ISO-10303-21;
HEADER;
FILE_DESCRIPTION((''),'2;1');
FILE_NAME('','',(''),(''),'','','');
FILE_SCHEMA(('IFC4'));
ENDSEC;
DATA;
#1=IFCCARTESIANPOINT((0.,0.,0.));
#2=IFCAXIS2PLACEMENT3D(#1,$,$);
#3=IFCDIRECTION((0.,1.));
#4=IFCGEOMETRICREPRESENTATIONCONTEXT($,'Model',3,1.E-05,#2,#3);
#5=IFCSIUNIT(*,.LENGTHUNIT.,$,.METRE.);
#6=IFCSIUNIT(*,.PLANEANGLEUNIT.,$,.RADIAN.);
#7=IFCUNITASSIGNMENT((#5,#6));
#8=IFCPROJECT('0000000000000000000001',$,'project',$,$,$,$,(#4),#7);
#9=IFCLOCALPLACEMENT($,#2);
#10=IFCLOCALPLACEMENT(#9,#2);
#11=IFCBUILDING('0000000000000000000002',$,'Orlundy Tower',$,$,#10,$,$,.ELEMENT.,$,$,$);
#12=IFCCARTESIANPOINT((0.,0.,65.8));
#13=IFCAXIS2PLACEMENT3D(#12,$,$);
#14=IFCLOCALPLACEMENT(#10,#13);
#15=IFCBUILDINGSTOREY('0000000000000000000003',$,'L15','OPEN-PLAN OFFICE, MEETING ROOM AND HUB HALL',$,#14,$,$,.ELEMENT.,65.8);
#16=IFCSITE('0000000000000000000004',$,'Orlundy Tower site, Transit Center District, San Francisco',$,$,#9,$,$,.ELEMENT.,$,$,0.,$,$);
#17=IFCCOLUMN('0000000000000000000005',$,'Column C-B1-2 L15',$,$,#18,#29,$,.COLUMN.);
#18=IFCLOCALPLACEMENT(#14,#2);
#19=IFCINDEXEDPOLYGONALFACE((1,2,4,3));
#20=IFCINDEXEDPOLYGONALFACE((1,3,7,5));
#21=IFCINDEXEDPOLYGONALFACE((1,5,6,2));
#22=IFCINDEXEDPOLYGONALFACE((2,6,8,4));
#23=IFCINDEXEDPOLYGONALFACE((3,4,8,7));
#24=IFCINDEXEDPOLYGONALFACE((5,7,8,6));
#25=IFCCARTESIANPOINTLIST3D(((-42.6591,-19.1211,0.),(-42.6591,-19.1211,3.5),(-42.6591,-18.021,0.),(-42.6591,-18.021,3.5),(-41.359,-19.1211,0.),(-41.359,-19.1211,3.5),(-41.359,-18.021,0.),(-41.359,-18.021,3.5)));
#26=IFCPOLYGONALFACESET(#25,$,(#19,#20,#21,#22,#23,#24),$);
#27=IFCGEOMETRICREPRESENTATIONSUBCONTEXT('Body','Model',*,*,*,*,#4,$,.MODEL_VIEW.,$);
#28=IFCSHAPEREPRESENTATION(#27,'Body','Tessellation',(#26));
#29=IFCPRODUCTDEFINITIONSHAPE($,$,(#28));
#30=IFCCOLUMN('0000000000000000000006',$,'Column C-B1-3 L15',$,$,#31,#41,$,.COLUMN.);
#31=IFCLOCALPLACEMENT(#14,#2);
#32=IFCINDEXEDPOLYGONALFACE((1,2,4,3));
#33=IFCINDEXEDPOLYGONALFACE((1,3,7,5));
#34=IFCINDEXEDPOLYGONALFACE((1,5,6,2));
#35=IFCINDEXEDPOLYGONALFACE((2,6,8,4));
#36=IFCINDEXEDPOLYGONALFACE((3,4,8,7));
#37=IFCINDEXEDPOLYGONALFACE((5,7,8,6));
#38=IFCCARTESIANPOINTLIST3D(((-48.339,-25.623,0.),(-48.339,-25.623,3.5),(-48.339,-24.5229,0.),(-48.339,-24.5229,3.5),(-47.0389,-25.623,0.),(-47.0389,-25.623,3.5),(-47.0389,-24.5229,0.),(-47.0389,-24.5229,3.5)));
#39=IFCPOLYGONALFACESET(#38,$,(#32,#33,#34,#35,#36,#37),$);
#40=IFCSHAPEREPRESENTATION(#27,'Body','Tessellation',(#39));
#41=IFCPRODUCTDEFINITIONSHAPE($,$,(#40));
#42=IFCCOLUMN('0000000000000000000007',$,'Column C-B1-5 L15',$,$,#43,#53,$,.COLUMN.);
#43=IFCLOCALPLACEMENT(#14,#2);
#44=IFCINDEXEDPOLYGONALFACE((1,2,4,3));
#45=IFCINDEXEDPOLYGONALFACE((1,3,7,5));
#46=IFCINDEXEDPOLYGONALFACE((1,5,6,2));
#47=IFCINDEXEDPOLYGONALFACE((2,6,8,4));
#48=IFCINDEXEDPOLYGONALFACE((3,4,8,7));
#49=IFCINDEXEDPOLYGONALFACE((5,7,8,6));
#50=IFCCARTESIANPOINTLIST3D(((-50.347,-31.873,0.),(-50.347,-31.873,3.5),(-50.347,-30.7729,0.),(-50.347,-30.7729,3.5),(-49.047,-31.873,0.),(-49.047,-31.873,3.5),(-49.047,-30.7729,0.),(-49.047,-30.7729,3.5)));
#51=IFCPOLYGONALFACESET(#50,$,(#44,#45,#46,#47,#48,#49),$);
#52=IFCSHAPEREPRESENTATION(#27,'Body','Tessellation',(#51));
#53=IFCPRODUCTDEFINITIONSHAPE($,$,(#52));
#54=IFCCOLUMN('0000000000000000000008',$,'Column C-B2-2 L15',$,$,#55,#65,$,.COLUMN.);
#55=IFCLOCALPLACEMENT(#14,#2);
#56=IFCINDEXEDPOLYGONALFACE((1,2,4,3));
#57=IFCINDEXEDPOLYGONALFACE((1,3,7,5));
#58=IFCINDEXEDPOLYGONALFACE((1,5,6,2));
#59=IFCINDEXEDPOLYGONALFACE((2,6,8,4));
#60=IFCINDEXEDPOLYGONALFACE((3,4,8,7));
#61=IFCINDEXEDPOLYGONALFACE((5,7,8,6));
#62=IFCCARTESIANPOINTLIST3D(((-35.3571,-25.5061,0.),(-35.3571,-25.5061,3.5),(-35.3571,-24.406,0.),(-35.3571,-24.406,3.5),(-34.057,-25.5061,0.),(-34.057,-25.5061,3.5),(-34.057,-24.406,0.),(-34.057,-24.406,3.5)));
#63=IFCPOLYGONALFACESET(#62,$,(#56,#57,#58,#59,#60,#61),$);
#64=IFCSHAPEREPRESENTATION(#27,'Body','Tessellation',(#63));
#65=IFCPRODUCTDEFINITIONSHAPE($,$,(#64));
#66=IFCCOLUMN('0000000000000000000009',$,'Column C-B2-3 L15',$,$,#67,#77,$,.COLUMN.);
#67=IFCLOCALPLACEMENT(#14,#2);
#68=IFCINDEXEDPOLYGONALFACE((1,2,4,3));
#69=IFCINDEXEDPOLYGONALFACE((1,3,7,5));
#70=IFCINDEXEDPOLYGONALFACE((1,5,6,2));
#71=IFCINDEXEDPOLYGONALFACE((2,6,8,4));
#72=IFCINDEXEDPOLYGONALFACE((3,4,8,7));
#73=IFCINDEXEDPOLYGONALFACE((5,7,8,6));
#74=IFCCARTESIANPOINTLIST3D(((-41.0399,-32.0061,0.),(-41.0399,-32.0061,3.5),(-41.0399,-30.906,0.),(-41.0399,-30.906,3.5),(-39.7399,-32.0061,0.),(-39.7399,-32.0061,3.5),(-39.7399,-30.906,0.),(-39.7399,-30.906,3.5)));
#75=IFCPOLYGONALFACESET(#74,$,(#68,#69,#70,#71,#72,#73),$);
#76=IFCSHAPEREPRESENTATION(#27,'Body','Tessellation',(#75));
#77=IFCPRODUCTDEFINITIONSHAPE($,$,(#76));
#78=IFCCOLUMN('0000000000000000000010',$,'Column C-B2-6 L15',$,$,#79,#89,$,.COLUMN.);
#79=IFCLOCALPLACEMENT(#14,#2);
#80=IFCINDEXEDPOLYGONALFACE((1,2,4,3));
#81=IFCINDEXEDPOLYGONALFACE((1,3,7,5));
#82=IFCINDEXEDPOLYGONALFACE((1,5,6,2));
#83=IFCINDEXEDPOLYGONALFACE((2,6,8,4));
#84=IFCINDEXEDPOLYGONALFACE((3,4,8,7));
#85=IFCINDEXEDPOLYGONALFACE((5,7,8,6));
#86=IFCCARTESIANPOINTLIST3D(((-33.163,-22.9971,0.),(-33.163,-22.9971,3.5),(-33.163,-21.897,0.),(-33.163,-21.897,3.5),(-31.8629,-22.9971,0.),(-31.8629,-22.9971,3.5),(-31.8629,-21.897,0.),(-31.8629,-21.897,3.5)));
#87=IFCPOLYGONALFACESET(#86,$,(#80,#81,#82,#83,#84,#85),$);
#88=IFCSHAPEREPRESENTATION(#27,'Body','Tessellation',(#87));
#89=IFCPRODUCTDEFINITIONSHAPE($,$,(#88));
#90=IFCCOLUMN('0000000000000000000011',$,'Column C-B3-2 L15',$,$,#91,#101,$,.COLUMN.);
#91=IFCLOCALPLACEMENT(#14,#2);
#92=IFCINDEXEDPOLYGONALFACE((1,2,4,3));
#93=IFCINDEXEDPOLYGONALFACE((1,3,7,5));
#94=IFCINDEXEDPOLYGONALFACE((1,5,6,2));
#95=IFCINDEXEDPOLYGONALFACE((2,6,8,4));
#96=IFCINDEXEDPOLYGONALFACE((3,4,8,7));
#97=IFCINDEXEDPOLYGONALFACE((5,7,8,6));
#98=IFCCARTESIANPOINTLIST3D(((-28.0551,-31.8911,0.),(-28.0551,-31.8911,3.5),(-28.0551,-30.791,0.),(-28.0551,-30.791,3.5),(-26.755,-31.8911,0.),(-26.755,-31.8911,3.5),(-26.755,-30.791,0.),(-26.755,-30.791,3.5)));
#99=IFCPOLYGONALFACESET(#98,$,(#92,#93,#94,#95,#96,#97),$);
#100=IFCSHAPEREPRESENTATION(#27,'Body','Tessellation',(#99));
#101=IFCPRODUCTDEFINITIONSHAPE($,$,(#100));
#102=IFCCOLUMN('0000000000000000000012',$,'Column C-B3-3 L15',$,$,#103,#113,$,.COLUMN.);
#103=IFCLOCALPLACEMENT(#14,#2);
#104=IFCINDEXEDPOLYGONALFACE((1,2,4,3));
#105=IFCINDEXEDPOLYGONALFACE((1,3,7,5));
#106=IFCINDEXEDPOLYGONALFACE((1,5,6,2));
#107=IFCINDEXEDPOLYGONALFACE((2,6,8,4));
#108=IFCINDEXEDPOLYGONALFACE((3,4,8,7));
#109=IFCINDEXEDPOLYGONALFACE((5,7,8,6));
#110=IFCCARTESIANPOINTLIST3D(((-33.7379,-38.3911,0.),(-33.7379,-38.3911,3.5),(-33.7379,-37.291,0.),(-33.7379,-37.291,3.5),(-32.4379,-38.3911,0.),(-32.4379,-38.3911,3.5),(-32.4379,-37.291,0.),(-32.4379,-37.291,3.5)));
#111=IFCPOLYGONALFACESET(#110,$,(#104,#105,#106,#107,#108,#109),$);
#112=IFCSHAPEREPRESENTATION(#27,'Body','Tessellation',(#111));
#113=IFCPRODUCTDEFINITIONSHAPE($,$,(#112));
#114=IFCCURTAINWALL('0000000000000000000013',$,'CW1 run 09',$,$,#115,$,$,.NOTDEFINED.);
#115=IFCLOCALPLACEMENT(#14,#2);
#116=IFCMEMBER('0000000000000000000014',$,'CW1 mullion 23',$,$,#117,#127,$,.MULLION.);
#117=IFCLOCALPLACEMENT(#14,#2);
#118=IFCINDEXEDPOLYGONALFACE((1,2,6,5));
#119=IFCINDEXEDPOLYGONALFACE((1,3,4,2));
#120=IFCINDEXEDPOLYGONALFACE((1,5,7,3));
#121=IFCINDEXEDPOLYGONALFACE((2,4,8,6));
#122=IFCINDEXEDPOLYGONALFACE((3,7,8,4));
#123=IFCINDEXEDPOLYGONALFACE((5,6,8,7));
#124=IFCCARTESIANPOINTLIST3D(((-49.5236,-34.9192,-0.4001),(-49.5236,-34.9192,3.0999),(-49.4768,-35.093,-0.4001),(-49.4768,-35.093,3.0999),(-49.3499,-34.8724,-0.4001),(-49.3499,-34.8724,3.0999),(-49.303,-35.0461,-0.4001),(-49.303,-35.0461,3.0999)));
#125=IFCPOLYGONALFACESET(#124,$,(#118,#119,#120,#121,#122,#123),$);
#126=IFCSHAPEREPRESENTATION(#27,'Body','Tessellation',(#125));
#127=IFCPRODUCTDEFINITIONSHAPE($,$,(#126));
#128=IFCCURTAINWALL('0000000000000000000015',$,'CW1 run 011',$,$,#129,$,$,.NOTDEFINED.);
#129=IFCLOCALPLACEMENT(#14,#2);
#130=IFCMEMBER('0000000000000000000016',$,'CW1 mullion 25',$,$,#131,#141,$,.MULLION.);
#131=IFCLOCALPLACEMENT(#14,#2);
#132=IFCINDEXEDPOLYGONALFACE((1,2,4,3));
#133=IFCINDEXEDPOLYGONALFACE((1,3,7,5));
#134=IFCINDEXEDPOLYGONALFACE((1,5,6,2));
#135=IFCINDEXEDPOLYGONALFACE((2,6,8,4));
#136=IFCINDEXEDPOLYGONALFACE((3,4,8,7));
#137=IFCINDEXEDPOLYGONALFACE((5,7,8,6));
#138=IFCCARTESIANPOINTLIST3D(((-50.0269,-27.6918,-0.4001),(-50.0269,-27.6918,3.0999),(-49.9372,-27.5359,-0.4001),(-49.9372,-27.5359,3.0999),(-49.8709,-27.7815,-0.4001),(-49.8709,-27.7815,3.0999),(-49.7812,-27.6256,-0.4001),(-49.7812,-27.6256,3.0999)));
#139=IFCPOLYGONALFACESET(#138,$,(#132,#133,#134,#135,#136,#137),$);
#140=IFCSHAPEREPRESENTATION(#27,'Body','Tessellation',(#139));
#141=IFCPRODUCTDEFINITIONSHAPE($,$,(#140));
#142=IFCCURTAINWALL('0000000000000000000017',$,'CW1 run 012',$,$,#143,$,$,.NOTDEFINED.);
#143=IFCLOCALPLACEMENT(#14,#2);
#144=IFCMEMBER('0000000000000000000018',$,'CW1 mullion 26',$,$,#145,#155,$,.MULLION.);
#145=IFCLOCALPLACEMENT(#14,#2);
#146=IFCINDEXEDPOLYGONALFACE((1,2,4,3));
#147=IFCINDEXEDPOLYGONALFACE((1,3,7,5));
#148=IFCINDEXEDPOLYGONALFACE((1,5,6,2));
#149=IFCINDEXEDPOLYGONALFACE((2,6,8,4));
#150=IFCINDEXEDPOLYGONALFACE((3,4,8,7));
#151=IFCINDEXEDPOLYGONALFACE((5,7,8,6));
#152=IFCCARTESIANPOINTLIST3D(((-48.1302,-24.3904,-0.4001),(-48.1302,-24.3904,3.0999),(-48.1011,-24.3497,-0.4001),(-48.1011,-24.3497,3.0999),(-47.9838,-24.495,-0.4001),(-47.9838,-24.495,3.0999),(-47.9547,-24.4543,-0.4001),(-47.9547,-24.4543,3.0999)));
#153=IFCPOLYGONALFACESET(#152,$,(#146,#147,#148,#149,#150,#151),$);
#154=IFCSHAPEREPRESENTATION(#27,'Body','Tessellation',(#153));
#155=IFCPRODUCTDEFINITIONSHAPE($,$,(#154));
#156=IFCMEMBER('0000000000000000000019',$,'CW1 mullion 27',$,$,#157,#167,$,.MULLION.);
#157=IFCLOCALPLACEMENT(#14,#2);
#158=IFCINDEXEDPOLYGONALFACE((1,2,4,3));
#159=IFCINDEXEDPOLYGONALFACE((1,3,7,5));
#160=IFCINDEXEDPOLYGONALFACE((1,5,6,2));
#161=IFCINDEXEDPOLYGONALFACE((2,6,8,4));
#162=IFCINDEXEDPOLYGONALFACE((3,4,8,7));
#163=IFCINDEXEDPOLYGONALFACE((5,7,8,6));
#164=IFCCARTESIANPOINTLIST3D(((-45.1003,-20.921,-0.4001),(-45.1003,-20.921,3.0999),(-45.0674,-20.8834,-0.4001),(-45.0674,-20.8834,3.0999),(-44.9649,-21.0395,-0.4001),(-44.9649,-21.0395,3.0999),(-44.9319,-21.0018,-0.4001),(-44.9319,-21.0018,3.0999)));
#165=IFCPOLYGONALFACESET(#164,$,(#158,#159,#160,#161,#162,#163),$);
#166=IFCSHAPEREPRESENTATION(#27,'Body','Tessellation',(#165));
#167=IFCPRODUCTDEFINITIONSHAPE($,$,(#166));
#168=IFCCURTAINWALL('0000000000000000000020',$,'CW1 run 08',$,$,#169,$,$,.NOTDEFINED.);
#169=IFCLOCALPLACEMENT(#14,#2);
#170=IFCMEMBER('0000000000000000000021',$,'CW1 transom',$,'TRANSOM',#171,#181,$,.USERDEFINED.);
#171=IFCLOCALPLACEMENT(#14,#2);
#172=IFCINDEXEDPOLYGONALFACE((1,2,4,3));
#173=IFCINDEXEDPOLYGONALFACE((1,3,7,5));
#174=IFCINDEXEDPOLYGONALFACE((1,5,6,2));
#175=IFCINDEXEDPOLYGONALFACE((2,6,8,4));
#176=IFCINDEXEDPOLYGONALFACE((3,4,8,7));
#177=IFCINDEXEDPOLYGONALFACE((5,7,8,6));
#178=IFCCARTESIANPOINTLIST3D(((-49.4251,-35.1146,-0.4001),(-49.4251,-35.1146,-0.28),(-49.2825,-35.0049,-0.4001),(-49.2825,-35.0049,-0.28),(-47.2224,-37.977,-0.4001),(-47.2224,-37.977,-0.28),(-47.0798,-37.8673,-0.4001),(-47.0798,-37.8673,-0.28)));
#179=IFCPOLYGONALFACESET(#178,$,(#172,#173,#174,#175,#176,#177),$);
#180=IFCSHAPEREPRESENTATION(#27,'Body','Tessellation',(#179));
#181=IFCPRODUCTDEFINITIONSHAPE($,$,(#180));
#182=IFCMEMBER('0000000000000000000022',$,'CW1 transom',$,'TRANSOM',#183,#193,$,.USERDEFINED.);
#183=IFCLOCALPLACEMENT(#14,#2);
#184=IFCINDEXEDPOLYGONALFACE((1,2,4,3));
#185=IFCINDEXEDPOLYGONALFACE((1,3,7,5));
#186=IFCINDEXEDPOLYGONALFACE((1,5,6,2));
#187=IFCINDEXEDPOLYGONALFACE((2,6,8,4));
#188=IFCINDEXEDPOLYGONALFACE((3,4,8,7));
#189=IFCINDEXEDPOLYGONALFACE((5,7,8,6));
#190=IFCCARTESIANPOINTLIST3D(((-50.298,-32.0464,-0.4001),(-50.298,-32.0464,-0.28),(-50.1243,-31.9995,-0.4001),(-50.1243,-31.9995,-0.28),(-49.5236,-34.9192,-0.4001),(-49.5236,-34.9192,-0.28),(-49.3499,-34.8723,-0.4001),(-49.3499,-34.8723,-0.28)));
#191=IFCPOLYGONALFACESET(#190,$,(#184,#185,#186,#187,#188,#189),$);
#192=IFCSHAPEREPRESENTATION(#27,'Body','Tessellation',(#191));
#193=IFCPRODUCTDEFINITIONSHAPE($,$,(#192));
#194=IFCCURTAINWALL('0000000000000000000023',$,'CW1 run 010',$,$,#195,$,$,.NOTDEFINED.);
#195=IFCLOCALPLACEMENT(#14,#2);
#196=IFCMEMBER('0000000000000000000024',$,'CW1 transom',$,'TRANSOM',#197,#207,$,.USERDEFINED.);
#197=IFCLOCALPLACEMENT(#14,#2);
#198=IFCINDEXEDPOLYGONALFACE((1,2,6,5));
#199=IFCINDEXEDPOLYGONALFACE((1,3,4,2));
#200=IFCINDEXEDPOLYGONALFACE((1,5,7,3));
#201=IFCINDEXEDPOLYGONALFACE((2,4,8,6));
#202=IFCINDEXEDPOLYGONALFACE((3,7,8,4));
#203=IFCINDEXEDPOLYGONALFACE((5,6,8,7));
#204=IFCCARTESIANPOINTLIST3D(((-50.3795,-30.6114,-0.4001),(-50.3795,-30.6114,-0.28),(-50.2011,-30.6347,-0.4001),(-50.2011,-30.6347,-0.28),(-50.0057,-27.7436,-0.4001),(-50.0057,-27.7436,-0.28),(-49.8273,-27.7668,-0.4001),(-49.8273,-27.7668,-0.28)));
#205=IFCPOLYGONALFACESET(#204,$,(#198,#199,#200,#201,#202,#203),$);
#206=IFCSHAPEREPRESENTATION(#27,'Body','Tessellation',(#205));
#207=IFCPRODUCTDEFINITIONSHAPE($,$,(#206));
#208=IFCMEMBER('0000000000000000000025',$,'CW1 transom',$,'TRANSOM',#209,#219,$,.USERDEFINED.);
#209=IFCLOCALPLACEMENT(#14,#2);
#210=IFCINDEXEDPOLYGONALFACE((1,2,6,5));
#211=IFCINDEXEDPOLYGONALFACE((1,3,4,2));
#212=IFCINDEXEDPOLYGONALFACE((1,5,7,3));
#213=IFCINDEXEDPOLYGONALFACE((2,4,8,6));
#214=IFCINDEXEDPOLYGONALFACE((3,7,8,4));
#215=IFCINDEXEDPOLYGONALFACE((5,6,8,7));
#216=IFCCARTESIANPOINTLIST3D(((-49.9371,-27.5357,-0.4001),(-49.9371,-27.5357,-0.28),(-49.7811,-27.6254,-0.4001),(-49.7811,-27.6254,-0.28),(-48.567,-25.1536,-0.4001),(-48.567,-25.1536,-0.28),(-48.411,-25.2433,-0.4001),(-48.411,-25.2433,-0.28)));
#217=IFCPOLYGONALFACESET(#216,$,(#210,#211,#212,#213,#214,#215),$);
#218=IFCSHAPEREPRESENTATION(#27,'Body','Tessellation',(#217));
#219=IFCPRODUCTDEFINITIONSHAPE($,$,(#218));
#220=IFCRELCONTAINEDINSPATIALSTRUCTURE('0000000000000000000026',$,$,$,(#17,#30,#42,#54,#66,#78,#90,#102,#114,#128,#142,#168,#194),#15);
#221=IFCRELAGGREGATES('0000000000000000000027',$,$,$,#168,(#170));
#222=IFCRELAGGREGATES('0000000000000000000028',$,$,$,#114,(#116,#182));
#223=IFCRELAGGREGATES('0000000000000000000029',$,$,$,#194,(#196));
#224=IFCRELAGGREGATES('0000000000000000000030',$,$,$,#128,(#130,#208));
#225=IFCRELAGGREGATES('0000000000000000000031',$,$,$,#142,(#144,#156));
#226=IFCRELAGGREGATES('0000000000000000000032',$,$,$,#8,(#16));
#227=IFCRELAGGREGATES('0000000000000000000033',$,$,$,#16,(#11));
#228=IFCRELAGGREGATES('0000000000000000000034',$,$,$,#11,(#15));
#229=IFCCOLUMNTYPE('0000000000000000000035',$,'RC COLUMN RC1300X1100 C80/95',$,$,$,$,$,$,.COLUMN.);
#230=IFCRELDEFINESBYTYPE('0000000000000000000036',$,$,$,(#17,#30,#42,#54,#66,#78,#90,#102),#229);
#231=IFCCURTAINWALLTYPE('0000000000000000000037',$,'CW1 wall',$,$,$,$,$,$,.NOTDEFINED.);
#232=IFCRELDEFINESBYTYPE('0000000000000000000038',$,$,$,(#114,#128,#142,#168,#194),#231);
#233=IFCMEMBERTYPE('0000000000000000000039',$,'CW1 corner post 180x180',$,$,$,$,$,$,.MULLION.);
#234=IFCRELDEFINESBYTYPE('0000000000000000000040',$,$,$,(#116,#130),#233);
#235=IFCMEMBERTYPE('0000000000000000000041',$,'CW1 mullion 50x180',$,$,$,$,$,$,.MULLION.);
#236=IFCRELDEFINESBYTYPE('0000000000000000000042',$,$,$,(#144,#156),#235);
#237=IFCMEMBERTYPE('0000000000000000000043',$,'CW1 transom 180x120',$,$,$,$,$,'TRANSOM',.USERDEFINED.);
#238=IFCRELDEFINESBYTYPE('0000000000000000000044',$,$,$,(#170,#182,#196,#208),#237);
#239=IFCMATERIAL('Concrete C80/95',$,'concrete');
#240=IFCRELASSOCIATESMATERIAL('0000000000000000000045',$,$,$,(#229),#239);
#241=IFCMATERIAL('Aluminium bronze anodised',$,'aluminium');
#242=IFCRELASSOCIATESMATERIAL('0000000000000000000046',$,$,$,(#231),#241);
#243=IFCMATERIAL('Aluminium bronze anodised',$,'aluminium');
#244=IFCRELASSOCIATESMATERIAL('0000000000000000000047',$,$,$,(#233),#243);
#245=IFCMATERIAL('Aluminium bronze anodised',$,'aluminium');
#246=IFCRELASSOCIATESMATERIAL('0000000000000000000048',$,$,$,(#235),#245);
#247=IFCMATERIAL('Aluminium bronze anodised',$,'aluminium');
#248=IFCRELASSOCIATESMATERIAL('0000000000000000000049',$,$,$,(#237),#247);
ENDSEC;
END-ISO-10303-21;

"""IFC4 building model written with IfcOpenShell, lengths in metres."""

from ifc_helpers import new_model, si_unit, direction, frame, origin, origin_2d, place, context, subcontext, project, spatial, rectangle, extrude, material, material_profile, profile_set, type_object, element, aggregate, save


model = new_model("IFC4")

# Units and contexts
model_context = context("Model", 3, precision=1e-05, world=origin(), true_north=direction((0.0, 1.0)))
body_context = subcontext(model_context, "Body", "Model", "MODEL_VIEW")
ifc_project = project(units=[si_unit("LENGTHUNIT", "METRE"), si_unit("PLANEANGLEUNIT", "RADIAN")], contexts=[model_context])

# Site, building, storey
site_placement = place(None, origin())
site = spatial("IfcSite", under=ifc_project, at=site_placement, Name="Orlundy Tower site, Transit Center District, San Francisco", CompositionType="ELEMENT", RefElevation=0.0)
building_placement = place(site_placement, origin())
building = spatial("IfcBuilding", under=site, at=building_placement, Name="Orlundy Tower", CompositionType="ELEMENT")
storey_placement = place(building_placement, frame((0.0, 0.0, 65.8)))
storey = spatial("IfcBuildingStorey", under=building, at=storey_placement, Name="L15", Description="OPEN-PLAN OFFICE, MEETING ROOM AND HUB HALL", CompositionType="ELEMENT", Elevation=65.8)

# Columns
ifc_material_1 = material(Name="Concrete C80/95", Category="concrete")
ifc_material_profile_1 = material_profile(ifc_material_1, rectangle(XDim=1.3, YDim=1.1001, at=origin_2d()), Name="RC1300X1100")
ifc_profile_set_1 = profile_set([ifc_material_profile_1], Name="Concrete C80/95")
column_type = type_object("IfcColumnType", Name="RC COLUMN RC1300X1100 C80/95", PredefinedType="COLUMN", material=ifc_profile_set_1)
for number, where, z_axis, x_axis, name in (
    (1, (-42.009, -18.571, 0.0), (0.0, 0.0, 1.0), (1.0, 0.0, 0.0), "Column C-B1-2 L15"),
    (2, (-47.689, -25.073, 0.0), (0.0, 0.0, 1.0), (1.0, 0.0, 0.0), "Column C-B1-3 L15"),
    (3, (-49.697, -31.323, 0.0), (0.0, 0.0, 1.0), (1.0, 0.0, 0.0), "Column C-B1-5 L15"),
    (4, (-34.707, -24.9561, 0.0), (0.0, 0.0, 1.0), (1.0, 0.0, 0.0), "Column C-B2-2 L15"),
    (5, (-40.3899, -31.4561, 0.0), (0.0, 0.0, 1.0), (1.0, 0.0, 0.0), "Column C-B2-3 L15"),
    (6, (-32.5129, -22.447, 0.0), (0.0, 0.0, 1.0), (1.0, 0.0, 0.0), "Column C-B2-6 L15"),
    (7, (-27.405, -31.3411, 0.0), (0.0, 0.0, 1.0), (1.0, 0.0, 0.0), "Column C-B3-2 L15"),
    (8, (-33.0879, -37.8411, 0.0), (0.0, 0.0, 1.0), (1.0, 0.0, 0.0), "Column C-B3-3 L15"),
):
    element("IfcColumn", number, at=place(storey_placement, frame(where, z_axis=z_axis, x_axis=x_axis)), inside=storey, type_object=column_type, Name=name, PredefinedType="COLUMN", context=body_context, shape_type="SweptSolid", body=[
        extrude(rectangle(XDim=1.3, YDim=1.1001, at=origin_2d()), origin(), (0.0, 0.0, 1.0), 3.5),
    ])

# Curtain walls, members
ifc_material_2 = material(Name="Aluminium bronze anodised", Category="aluminium")
curtain_wall_type = type_object("IfcCurtainWallType", Name="CW1 wall", PredefinedType="NOTDEFINED", material=ifc_material_2)
curtain_wall_1_placement = place(storey_placement, origin())
curtain_wall_1 = element("IfcCurtainWall", 9, at=curtain_wall_1_placement, inside=storey, type_object=curtain_wall_type, Name="CW1 run 09", PredefinedType="NOTDEFINED")
ifc_material_3 = material(Name="Aluminium bronze anodised", Category="aluminium")
ifc_material_profile_2 = material_profile(ifc_material_3, rectangle(XDim=0.1799, YDim=0.1799, at=origin_2d()), Name="CW1 corner post 180x180")
ifc_profile_set_2 = profile_set([ifc_material_profile_2], Name="Aluminium bronze anodised")
member_type_1 = type_object("IfcMemberType", Name="CW1 corner post 180x180", PredefinedType="MULLION", material=ifc_profile_set_2)
member_1_placement = place(storey_placement, frame((-49.4133, -34.9827, -0.4001), z_axis=(0.0, 0.0, 1.0), x_axis=(-0.965519, -0.260331, 0.0)))
member_1 = element("IfcMember", 10, at=member_1_placement, type_object=member_type_1, Name="CW1 mullion 23", PredefinedType="MULLION", context=body_context, shape_type="SweptSolid", body=[
    extrude(rectangle(XDim=0.1799, YDim=0.1799, at=origin_2d()), origin(), (0.0, 0.0, 1.0), 3.5),
])
curtain_wall_2_placement = place(storey_placement, origin())
curtain_wall_2 = element("IfcCurtainWall", 11, at=curtain_wall_2_placement, inside=storey, type_object=curtain_wall_type, Name="CW1 run 011", PredefinedType="NOTDEFINED")
member_2_placement = place(storey_placement, frame((-49.9041, -27.6587, -0.4001), z_axis=(0.0, 0.0, 1.0), x_axis=(-0.866845, 0.498578, 0.0)))
member_2 = element("IfcMember", 12, at=member_2_placement, type_object=member_type_1, Name="CW1 mullion 25", PredefinedType="MULLION", context=body_context, shape_type="SweptSolid", body=[
    extrude(rectangle(XDim=0.1799, YDim=0.1799, at=origin_2d()), origin(), (0.0, 0.0, 1.0), 3.5),
])

# Curtain wall, members
curtain_wall_3_placement = place(storey_placement, origin())
curtain_wall_3 = element("IfcCurtainWall", 13, at=curtain_wall_3_placement, inside=storey, type_object=curtain_wall_type, Name="CW1 run 012", PredefinedType="NOTDEFINED")
ifc_material_4 = material(Name="Aluminium bronze anodised", Category="aluminium")
ifc_material_profile_3 = material_profile(ifc_material_4, rectangle(XDim=0.1799, YDim=0.05, at=origin_2d()), Name="CW1 mullion 50x180")
ifc_profile_set_3 = profile_set([ifc_material_profile_3], Name="Aluminium bronze anodised")
member_type_2 = type_object("IfcMemberType", Name="CW1 mullion 50x180", PredefinedType="MULLION", material=ifc_profile_set_3)
member_3_placement = place(storey_placement, frame((-48.0425, -24.4224, -0.4001), z_axis=(0.0, 0.0, 1.0), x_axis=(-0.813739, 0.58123, 0.0)))
member_3 = element("IfcMember", 14, at=member_3_placement, type_object=member_type_2, Name="CW1 mullion 26", PredefinedType="MULLION", context=body_context, shape_type="SweptSolid", body=[
    extrude(rectangle(XDim=0.1799, YDim=0.05, at=origin_2d()), origin(), (0.0, 0.0, 1.0), 3.5),
])
member_4_placement = place(storey_placement, frame((-45.0161, -20.9614, -0.4001), z_axis=(0.0, 0.0, 1.0), x_axis=(-0.752779, 0.658273, 0.0)))
member_4 = element("IfcMember", 15, at=member_4_placement, type_object=member_type_2, Name="CW1 mullion 27", PredefinedType="MULLION", context=body_context, shape_type="SweptSolid", body=[
    extrude(rectangle(XDim=0.1799, YDim=0.05, at=origin_2d()), origin(), (0.0, 0.0, 1.0), 3.5),
])

# Curtain wall, member
curtain_wall_4_placement = place(storey_placement, origin())
curtain_wall_4 = element("IfcCurtainWall", 16, at=curtain_wall_4_placement, inside=storey, type_object=curtain_wall_type, Name="CW1 run 08", PredefinedType="NOTDEFINED")
ifc_material_5 = material(Name="Aluminium bronze anodised", Category="aluminium")
ifc_material_profile_4 = material_profile(ifc_material_5, rectangle(XDim=0.1799, YDim=0.1201, at=origin_2d()), Name="CW1 transom 180x120")
ifc_profile_set_4 = profile_set([ifc_material_profile_4], Name="Aluminium bronze anodised")
member_type_3 = type_object("IfcMemberType", Name="CW1 transom 180x120", ElementType="TRANSOM", PredefinedType="USERDEFINED", material=ifc_profile_set_4)
member_5_placement = place(storey_placement, frame((-47.1511, -37.9221, -0.3401), z_axis=(-0.609861, 0.792508, 0.0), x_axis=(-0.792508, -0.609861, 0.0)))
member_5 = element("IfcMember", 17, at=member_5_placement, type_object=member_type_3, Name="CW1 transom", ObjectType="TRANSOM", PredefinedType="USERDEFINED", context=body_context, shape_type="SweptSolid", body=[
    extrude(rectangle(XDim=0.1799, YDim=0.1201, at=origin_2d()), origin(), (0.0, 0.0, 1.0), 3.6118),
])

# Member
member_6_placement = place(storey_placement, frame((-49.4368, -34.8958, -0.3401), z_axis=(-0.260277, 0.965534, 0.0), x_axis=(-0.965534, -0.260277, 0.0)))
member_6 = element("IfcMember", 18, at=member_6_placement, type_object=member_type_3, Name="CW1 transom", ObjectType="TRANSOM", PredefinedType="USERDEFINED", context=body_context, shape_type="SweptSolid", body=[
    extrude(rectangle(XDim=0.1799, YDim=0.1201, at=origin_2d()), origin(), (0.0, 0.0, 1.0), 2.9753),
])

# Curtain wall, member
curtain_wall_5_placement = place(storey_placement, origin())
curtain_wall_5 = element("IfcCurtainWall", 19, at=curtain_wall_5_placement, inside=storey, type_object=curtain_wall_type, Name="CW1 run 010", PredefinedType="NOTDEFINED")
member_7_placement = place(storey_placement, frame((-50.2903, -30.623, -0.3401), z_axis=(0.129238, 0.991614, 0.0), x_axis=(-0.991614, 0.129238, 0.0)))
member_7 = element("IfcMember", 20, at=member_7_placement, type_object=member_type_3, Name="CW1 transom", ObjectType="TRANSOM", PredefinedType="USERDEFINED", context=body_context, shape_type="SweptSolid", body=[
    extrude(rectangle(XDim=0.1799, YDim=0.1201, at=origin_2d()), origin(), (0.0, 0.0, 1.0), 2.8921),
])

# Member
member_8_placement = place(storey_placement, frame((-49.8591, -27.5806, -0.3401), z_axis=(0.498586, 0.86684, 0.0), x_axis=(-0.86684, 0.498586, 0.0)))
member_8 = element("IfcMember", 21, at=member_8_placement, type_object=member_type_3, Name="CW1 transom", ObjectType="TRANSOM", PredefinedType="USERDEFINED", context=body_context, shape_type="SweptSolid", body=[
    extrude(rectangle(XDim=0.1799, YDim=0.1201, at=origin_2d()), origin(), (0.0, 0.0, 1.0), 2.748),
])

aggregate(curtain_wall_4, [member_5])
aggregate(curtain_wall_1, [member_1, member_6])
aggregate(curtain_wall_5, [member_7])
aggregate(curtain_wall_2, [member_2, member_8])
aggregate(curtain_wall_3, [member_3, member_4])

save(model, "model.ifc")
